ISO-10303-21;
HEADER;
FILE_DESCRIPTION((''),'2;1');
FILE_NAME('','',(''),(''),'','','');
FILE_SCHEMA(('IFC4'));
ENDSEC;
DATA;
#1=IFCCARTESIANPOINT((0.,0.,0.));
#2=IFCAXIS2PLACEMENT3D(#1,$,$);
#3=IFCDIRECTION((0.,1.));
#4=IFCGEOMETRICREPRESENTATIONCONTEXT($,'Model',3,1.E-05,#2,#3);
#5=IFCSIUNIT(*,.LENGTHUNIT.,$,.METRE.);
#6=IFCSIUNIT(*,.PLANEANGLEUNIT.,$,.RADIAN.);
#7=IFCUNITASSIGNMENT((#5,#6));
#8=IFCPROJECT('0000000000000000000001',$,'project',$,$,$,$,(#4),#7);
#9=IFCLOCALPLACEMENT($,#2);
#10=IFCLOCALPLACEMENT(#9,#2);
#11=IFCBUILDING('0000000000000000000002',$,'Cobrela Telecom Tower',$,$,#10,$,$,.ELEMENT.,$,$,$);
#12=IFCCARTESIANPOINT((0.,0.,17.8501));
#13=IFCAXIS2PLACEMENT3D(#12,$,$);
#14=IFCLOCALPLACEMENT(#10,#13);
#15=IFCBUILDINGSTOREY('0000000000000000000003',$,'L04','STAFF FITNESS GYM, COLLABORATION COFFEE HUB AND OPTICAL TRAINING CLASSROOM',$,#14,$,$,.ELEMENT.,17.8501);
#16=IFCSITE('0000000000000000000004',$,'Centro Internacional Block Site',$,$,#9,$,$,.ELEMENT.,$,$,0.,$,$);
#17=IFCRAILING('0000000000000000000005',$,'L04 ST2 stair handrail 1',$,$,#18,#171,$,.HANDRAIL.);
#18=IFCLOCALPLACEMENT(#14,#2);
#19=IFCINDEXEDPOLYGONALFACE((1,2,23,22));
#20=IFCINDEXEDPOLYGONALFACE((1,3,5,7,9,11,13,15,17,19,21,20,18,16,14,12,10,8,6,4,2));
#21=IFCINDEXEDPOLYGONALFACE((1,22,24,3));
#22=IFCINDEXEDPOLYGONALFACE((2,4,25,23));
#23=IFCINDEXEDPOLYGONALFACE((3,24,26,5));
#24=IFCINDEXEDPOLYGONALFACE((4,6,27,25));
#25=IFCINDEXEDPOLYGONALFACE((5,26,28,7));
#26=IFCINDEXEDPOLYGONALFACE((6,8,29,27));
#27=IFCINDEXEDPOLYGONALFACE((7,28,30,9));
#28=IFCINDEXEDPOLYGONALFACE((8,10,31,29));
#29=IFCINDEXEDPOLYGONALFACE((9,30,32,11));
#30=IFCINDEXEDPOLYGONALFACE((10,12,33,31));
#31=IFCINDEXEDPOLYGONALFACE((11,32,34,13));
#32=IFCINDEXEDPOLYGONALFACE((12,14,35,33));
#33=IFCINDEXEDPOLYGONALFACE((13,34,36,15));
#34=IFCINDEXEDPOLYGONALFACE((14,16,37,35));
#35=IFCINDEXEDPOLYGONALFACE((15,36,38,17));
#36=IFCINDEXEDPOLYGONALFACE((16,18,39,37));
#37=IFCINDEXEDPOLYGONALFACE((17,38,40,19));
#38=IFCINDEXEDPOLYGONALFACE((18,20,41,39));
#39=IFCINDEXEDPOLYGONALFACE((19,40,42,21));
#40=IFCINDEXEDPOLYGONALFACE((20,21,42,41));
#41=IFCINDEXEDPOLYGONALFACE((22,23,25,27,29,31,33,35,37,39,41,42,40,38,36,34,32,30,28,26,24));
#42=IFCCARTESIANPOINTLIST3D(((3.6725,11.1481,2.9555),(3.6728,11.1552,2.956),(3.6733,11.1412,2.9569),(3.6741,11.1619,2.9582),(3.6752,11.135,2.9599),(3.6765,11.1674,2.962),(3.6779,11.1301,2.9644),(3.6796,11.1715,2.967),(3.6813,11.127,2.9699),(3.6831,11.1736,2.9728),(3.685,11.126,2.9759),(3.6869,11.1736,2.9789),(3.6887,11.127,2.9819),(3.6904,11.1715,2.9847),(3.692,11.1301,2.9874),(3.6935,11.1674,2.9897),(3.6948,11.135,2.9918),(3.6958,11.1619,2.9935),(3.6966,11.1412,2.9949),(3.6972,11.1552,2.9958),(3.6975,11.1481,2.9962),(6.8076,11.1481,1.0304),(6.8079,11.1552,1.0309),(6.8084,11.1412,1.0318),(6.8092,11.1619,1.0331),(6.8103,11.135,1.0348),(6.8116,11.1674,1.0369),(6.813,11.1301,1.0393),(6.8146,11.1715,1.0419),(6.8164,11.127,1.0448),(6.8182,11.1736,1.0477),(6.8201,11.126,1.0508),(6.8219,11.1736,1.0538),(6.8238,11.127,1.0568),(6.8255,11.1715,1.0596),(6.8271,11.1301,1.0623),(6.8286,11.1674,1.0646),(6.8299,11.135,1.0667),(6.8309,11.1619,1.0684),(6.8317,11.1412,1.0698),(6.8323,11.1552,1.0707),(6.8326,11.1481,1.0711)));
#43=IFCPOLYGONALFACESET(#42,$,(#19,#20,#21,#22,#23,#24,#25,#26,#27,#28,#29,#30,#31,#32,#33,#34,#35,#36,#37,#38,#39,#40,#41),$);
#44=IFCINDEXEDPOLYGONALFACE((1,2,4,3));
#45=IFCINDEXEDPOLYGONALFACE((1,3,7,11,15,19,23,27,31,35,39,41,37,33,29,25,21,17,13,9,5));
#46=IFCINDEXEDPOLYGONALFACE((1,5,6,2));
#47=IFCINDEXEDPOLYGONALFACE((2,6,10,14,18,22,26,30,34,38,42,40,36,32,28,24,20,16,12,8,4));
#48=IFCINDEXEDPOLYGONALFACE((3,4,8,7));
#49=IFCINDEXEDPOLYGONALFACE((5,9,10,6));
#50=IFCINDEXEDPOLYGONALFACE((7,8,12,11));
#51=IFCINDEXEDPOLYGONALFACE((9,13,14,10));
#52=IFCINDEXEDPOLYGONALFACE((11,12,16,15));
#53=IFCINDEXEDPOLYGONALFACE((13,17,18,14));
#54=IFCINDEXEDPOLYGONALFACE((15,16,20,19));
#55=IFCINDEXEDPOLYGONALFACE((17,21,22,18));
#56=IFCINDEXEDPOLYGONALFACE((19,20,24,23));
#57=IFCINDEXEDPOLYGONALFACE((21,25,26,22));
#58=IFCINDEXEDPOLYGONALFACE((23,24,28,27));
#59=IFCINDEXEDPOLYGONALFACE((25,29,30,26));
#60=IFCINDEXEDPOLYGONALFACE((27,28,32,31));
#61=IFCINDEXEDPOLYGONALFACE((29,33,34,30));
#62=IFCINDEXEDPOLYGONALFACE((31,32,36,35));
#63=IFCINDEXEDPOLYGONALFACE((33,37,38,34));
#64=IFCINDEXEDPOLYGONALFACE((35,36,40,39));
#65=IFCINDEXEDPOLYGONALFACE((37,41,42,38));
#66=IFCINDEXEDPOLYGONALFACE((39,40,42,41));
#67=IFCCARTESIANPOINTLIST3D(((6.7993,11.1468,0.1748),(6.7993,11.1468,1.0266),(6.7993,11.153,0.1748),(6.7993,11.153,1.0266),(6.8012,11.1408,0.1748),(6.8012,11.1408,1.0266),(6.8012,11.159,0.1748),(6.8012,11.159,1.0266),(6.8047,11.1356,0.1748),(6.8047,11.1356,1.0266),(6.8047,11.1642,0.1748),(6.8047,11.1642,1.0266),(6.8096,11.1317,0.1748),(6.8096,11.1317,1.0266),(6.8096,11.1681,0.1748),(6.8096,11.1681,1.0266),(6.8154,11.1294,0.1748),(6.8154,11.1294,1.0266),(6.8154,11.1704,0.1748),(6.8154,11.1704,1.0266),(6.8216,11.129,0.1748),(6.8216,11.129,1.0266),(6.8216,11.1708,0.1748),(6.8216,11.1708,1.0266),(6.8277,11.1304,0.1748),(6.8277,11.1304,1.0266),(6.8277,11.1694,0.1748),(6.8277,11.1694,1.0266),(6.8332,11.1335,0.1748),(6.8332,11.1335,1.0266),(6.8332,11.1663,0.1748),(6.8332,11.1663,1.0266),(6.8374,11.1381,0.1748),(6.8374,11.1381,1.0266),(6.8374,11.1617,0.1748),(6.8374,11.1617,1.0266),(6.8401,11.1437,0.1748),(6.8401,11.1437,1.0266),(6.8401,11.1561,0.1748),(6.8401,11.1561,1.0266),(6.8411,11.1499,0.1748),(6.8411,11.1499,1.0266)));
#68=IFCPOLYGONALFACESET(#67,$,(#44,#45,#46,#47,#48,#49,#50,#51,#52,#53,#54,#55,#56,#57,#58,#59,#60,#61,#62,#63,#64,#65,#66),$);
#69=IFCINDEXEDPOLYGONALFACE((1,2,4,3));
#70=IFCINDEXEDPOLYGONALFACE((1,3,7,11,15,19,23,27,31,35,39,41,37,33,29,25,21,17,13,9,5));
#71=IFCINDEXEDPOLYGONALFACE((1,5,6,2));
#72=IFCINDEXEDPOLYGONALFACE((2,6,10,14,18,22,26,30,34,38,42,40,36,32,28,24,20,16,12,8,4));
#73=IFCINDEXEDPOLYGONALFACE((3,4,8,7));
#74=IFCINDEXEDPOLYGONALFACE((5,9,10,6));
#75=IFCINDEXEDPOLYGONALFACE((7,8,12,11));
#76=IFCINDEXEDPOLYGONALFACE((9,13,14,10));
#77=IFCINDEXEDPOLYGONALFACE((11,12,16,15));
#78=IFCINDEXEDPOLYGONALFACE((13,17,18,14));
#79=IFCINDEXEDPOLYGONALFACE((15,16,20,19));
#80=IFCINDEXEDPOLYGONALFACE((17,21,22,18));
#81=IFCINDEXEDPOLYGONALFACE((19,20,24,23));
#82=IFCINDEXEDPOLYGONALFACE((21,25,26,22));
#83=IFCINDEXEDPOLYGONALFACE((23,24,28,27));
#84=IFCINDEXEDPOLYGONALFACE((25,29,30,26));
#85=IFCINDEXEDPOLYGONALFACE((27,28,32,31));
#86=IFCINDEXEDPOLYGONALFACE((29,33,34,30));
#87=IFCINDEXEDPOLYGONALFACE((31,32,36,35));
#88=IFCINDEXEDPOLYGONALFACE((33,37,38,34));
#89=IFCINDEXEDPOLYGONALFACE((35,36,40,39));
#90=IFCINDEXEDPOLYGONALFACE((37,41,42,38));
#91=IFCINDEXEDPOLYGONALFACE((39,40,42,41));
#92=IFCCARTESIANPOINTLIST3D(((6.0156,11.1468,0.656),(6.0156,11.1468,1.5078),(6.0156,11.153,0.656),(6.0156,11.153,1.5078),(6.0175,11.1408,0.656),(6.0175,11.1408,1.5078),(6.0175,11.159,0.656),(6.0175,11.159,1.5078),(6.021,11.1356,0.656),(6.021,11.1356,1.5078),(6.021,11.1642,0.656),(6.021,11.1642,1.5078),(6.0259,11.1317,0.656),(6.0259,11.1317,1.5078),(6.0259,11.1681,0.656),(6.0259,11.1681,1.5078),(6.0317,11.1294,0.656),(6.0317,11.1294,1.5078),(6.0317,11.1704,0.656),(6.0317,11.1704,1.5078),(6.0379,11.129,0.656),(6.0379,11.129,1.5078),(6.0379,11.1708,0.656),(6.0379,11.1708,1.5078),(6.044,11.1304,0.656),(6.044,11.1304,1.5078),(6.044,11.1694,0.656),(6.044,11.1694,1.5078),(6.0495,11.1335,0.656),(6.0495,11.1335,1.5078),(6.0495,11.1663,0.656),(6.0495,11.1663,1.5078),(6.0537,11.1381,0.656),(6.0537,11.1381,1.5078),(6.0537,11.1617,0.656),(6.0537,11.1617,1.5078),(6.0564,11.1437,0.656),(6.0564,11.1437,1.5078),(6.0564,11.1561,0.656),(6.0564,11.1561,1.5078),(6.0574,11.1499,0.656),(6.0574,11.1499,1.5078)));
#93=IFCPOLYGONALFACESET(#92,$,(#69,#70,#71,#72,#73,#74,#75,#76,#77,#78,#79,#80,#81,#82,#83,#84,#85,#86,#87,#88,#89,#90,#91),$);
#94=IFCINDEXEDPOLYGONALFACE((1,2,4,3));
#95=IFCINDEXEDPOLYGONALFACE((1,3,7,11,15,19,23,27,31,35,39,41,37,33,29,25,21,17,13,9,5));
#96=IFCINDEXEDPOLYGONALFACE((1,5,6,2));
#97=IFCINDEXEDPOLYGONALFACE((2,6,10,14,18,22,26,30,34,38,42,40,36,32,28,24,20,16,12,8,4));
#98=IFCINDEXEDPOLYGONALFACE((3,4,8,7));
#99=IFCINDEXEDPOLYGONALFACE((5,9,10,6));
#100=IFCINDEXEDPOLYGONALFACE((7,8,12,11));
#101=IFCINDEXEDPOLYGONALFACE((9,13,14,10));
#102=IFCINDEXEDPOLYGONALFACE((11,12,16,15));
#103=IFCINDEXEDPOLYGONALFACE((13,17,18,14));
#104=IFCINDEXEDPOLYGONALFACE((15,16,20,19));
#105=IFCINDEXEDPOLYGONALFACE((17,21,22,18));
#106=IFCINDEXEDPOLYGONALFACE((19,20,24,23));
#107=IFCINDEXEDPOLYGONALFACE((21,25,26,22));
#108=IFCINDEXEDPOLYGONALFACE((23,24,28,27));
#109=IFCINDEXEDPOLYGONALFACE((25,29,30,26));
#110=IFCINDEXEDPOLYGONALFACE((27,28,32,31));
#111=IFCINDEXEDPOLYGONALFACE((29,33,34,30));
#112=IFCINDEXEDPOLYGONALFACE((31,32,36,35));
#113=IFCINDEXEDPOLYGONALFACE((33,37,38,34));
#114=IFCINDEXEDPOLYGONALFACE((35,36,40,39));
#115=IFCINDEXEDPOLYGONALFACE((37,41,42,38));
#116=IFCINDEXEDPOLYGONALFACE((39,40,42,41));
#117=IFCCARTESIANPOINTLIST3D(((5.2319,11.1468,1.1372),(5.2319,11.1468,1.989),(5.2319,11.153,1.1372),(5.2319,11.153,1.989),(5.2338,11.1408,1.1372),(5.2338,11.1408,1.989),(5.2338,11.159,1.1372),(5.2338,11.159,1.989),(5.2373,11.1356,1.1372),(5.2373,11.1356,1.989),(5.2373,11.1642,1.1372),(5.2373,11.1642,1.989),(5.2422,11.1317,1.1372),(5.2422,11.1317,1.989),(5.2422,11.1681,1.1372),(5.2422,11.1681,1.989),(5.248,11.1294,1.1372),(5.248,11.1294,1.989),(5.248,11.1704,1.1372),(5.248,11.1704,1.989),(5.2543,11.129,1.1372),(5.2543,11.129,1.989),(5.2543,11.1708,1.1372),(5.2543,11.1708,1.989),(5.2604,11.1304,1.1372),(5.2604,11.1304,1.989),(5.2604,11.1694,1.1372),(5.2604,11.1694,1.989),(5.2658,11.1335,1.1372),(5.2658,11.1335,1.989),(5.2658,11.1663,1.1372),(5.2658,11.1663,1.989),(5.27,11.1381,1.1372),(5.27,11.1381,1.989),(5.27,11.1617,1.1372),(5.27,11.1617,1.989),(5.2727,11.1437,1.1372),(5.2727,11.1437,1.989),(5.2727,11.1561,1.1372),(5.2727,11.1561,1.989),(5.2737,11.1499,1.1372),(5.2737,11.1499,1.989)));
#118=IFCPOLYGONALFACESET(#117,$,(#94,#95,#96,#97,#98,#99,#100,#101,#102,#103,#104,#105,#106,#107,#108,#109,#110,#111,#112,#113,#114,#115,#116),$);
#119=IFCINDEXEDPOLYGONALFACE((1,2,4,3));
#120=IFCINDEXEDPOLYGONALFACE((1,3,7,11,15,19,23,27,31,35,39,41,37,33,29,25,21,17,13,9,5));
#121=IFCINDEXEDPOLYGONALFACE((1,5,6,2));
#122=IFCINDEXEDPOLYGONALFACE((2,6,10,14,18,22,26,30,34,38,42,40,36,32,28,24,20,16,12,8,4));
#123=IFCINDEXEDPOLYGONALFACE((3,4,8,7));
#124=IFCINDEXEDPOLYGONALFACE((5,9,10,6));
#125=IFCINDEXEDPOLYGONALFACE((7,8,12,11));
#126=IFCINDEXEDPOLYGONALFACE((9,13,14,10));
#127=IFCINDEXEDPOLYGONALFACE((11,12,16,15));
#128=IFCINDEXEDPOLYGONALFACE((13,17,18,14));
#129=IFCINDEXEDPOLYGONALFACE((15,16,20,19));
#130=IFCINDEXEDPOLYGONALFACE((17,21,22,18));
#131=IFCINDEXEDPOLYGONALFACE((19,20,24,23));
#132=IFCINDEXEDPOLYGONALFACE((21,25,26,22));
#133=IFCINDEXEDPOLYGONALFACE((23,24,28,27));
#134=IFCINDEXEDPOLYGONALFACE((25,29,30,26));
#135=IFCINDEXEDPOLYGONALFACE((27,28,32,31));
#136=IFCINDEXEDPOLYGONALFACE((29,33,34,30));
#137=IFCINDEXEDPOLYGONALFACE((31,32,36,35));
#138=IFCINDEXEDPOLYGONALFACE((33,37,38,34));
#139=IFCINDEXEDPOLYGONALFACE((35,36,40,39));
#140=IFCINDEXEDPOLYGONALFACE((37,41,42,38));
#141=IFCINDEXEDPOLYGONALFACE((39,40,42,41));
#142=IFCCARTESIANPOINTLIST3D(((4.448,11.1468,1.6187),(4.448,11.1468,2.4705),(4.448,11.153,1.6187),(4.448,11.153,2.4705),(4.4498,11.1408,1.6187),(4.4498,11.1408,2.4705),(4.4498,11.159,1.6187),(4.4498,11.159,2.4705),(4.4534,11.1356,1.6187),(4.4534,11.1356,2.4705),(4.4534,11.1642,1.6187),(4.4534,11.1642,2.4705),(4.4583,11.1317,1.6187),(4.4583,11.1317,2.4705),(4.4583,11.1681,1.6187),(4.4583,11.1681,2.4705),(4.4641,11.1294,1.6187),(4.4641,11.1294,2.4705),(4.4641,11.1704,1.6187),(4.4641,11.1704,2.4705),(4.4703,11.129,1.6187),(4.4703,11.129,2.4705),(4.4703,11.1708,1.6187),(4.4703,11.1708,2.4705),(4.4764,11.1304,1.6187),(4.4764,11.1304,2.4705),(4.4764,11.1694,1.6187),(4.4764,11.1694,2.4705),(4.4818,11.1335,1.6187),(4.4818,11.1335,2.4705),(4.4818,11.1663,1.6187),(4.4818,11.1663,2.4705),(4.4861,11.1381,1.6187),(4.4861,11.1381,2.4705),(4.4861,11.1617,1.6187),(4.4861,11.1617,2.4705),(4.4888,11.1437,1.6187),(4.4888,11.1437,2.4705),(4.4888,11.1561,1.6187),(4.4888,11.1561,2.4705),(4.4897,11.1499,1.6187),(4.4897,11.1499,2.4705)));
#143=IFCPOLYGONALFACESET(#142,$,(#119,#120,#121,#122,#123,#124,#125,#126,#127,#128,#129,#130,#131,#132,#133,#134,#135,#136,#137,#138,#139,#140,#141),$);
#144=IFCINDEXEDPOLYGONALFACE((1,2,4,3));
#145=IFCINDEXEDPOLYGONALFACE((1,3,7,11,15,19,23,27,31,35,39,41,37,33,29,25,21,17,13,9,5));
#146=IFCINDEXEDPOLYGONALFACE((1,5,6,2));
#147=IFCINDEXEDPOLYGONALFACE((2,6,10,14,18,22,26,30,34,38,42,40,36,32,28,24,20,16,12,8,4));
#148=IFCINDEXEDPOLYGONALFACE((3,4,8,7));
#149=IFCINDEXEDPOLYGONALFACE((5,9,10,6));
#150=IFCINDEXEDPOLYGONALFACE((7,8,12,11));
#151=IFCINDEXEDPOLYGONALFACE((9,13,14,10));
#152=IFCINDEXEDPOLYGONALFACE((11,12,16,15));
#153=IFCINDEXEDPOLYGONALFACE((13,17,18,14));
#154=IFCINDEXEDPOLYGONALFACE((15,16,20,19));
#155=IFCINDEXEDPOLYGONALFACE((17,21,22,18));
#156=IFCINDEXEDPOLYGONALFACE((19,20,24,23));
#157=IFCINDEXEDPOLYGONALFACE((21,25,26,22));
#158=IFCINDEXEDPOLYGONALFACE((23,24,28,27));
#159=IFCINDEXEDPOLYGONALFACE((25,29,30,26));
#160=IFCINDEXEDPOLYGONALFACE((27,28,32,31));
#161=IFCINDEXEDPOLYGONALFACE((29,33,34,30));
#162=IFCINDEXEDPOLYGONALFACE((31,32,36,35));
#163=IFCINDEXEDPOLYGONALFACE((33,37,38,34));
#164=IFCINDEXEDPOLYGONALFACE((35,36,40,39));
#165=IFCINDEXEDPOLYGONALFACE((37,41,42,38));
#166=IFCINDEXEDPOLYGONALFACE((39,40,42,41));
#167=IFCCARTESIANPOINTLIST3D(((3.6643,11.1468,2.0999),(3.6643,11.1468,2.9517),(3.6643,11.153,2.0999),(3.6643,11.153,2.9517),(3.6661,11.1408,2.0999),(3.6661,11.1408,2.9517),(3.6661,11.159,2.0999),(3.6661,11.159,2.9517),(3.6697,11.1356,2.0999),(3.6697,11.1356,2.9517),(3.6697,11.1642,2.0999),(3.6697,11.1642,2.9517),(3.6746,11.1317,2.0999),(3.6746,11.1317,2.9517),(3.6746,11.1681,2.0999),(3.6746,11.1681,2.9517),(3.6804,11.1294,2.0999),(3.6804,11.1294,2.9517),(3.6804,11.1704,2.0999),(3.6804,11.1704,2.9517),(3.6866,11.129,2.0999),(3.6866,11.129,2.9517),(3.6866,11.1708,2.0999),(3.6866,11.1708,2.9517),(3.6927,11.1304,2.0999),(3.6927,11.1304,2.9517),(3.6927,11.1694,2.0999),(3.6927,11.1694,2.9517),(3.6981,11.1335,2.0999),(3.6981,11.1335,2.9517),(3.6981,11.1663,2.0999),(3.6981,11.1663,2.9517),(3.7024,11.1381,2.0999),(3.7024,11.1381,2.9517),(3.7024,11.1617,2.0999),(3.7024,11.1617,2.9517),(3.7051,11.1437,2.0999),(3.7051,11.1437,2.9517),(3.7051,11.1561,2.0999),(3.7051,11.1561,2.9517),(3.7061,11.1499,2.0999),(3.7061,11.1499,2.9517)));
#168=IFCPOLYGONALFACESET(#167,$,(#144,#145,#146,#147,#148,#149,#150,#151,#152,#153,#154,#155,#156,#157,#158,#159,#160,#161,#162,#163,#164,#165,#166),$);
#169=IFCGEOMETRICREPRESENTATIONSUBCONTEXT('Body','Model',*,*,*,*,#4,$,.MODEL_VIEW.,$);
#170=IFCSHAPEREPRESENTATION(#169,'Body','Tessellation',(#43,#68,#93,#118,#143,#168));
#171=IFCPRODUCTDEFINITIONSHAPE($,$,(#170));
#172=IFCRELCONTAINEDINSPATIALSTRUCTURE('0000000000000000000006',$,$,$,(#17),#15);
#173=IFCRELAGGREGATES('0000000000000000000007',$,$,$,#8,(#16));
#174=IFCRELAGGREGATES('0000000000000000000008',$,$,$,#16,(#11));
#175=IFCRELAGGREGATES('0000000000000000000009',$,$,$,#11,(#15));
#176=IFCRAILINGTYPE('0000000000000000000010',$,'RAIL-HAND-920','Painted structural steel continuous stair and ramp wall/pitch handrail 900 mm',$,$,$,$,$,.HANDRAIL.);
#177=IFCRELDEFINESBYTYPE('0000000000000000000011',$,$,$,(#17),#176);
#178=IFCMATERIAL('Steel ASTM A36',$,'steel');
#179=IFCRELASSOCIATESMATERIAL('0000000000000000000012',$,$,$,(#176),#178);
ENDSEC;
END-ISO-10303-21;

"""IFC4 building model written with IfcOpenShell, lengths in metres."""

from ifc_helpers import new_model, si_unit, direction, frame, origin, origin_2d, place, context, subcontext, project, spatial, circle, extrude, material, type_object, element, save


model = new_model("IFC4")

# Units and contexts
model_context = context("Model", 3, precision=1e-05, world=origin(), true_north=direction((0.0, 1.0)))
body_context = subcontext(model_context, "Body", "Model", "MODEL_VIEW")
ifc_project = project(units=[si_unit("LENGTHUNIT", "METRE"), si_unit("PLANEANGLEUNIT", "RADIAN")], contexts=[model_context])

# Site, building, storey
site_placement = place(None, origin())
site = spatial("IfcSite", under=ifc_project, at=site_placement, Name="Centro Internacional Block Site", CompositionType="ELEMENT", RefElevation=0.0)
building_placement = place(site_placement, origin())
building = spatial("IfcBuilding", under=site, at=building_placement, Name="Cobrela Telecom Tower", CompositionType="ELEMENT")
storey_placement = place(building_placement, frame((0.0, 0.0, 17.8501)))
storey = spatial("IfcBuildingStorey", under=building, at=storey_placement, Name="L04", Description="STAFF FITNESS GYM, COLLABORATION COFFEE HUB AND OPTICAL TRAINING CLASSROOM", CompositionType="ELEMENT", Elevation=17.8501)

# Railing
ifc_material_1 = material(Name="Steel ASTM A36", Category="steel")
railing_type_1 = type_object("IfcRailingType", Name="RAIL-HAND-920", Description="Painted structural steel continuous stair and ramp wall/pitch handrail 900 mm", PredefinedType="HANDRAIL", material=ifc_material_1)
railing_1_placement = place(storey_placement, frame((6.8201, 11.1499, 0.1748)))
element("IfcRailing", 1, at=railing_1_placement, inside=storey, type_object=railing_type_1, Name="L04 ST2 stair handrail 1", PredefinedType="HANDRAIL", context=body_context, shape_type="SweptSolid", body=[
    extrude(circle(Radius=0.0239, at=origin_2d()), frame((0.0, 0.0, 0.876), z_axis=(-0.852166, 0.0, 0.523271), x_axis=(0.0, -1.0, 0.0)), (0.0, 0.0, 1.0), 3.679),
    extrude(circle(Radius=0.021, at=origin_2d()), origin(), (0.0, 0.0, 1.0), 0.8518),
    extrude(circle(Radius=0.021, at=origin_2d()), frame((-0.7837, 0.0, 0.4812)), (0.0, 0.0, 1.0), 0.8518),
    extrude(circle(Radius=0.021, at=origin_2d()), frame((-1.5674, 0.0, 0.9624)), (0.0, 0.0, 1.0), 0.8518),
    extrude(circle(Radius=0.021, at=origin_2d()), frame((-2.3513, 0.0, 1.4438)), (0.0, 0.0, 1.0), 0.8518),
    extrude(circle(Radius=0.021, at=origin_2d()), frame((-3.135, 0.0, 1.925)), (0.0, 0.0, 1.0), 0.8518),
])

save(model, "model.ifc")
